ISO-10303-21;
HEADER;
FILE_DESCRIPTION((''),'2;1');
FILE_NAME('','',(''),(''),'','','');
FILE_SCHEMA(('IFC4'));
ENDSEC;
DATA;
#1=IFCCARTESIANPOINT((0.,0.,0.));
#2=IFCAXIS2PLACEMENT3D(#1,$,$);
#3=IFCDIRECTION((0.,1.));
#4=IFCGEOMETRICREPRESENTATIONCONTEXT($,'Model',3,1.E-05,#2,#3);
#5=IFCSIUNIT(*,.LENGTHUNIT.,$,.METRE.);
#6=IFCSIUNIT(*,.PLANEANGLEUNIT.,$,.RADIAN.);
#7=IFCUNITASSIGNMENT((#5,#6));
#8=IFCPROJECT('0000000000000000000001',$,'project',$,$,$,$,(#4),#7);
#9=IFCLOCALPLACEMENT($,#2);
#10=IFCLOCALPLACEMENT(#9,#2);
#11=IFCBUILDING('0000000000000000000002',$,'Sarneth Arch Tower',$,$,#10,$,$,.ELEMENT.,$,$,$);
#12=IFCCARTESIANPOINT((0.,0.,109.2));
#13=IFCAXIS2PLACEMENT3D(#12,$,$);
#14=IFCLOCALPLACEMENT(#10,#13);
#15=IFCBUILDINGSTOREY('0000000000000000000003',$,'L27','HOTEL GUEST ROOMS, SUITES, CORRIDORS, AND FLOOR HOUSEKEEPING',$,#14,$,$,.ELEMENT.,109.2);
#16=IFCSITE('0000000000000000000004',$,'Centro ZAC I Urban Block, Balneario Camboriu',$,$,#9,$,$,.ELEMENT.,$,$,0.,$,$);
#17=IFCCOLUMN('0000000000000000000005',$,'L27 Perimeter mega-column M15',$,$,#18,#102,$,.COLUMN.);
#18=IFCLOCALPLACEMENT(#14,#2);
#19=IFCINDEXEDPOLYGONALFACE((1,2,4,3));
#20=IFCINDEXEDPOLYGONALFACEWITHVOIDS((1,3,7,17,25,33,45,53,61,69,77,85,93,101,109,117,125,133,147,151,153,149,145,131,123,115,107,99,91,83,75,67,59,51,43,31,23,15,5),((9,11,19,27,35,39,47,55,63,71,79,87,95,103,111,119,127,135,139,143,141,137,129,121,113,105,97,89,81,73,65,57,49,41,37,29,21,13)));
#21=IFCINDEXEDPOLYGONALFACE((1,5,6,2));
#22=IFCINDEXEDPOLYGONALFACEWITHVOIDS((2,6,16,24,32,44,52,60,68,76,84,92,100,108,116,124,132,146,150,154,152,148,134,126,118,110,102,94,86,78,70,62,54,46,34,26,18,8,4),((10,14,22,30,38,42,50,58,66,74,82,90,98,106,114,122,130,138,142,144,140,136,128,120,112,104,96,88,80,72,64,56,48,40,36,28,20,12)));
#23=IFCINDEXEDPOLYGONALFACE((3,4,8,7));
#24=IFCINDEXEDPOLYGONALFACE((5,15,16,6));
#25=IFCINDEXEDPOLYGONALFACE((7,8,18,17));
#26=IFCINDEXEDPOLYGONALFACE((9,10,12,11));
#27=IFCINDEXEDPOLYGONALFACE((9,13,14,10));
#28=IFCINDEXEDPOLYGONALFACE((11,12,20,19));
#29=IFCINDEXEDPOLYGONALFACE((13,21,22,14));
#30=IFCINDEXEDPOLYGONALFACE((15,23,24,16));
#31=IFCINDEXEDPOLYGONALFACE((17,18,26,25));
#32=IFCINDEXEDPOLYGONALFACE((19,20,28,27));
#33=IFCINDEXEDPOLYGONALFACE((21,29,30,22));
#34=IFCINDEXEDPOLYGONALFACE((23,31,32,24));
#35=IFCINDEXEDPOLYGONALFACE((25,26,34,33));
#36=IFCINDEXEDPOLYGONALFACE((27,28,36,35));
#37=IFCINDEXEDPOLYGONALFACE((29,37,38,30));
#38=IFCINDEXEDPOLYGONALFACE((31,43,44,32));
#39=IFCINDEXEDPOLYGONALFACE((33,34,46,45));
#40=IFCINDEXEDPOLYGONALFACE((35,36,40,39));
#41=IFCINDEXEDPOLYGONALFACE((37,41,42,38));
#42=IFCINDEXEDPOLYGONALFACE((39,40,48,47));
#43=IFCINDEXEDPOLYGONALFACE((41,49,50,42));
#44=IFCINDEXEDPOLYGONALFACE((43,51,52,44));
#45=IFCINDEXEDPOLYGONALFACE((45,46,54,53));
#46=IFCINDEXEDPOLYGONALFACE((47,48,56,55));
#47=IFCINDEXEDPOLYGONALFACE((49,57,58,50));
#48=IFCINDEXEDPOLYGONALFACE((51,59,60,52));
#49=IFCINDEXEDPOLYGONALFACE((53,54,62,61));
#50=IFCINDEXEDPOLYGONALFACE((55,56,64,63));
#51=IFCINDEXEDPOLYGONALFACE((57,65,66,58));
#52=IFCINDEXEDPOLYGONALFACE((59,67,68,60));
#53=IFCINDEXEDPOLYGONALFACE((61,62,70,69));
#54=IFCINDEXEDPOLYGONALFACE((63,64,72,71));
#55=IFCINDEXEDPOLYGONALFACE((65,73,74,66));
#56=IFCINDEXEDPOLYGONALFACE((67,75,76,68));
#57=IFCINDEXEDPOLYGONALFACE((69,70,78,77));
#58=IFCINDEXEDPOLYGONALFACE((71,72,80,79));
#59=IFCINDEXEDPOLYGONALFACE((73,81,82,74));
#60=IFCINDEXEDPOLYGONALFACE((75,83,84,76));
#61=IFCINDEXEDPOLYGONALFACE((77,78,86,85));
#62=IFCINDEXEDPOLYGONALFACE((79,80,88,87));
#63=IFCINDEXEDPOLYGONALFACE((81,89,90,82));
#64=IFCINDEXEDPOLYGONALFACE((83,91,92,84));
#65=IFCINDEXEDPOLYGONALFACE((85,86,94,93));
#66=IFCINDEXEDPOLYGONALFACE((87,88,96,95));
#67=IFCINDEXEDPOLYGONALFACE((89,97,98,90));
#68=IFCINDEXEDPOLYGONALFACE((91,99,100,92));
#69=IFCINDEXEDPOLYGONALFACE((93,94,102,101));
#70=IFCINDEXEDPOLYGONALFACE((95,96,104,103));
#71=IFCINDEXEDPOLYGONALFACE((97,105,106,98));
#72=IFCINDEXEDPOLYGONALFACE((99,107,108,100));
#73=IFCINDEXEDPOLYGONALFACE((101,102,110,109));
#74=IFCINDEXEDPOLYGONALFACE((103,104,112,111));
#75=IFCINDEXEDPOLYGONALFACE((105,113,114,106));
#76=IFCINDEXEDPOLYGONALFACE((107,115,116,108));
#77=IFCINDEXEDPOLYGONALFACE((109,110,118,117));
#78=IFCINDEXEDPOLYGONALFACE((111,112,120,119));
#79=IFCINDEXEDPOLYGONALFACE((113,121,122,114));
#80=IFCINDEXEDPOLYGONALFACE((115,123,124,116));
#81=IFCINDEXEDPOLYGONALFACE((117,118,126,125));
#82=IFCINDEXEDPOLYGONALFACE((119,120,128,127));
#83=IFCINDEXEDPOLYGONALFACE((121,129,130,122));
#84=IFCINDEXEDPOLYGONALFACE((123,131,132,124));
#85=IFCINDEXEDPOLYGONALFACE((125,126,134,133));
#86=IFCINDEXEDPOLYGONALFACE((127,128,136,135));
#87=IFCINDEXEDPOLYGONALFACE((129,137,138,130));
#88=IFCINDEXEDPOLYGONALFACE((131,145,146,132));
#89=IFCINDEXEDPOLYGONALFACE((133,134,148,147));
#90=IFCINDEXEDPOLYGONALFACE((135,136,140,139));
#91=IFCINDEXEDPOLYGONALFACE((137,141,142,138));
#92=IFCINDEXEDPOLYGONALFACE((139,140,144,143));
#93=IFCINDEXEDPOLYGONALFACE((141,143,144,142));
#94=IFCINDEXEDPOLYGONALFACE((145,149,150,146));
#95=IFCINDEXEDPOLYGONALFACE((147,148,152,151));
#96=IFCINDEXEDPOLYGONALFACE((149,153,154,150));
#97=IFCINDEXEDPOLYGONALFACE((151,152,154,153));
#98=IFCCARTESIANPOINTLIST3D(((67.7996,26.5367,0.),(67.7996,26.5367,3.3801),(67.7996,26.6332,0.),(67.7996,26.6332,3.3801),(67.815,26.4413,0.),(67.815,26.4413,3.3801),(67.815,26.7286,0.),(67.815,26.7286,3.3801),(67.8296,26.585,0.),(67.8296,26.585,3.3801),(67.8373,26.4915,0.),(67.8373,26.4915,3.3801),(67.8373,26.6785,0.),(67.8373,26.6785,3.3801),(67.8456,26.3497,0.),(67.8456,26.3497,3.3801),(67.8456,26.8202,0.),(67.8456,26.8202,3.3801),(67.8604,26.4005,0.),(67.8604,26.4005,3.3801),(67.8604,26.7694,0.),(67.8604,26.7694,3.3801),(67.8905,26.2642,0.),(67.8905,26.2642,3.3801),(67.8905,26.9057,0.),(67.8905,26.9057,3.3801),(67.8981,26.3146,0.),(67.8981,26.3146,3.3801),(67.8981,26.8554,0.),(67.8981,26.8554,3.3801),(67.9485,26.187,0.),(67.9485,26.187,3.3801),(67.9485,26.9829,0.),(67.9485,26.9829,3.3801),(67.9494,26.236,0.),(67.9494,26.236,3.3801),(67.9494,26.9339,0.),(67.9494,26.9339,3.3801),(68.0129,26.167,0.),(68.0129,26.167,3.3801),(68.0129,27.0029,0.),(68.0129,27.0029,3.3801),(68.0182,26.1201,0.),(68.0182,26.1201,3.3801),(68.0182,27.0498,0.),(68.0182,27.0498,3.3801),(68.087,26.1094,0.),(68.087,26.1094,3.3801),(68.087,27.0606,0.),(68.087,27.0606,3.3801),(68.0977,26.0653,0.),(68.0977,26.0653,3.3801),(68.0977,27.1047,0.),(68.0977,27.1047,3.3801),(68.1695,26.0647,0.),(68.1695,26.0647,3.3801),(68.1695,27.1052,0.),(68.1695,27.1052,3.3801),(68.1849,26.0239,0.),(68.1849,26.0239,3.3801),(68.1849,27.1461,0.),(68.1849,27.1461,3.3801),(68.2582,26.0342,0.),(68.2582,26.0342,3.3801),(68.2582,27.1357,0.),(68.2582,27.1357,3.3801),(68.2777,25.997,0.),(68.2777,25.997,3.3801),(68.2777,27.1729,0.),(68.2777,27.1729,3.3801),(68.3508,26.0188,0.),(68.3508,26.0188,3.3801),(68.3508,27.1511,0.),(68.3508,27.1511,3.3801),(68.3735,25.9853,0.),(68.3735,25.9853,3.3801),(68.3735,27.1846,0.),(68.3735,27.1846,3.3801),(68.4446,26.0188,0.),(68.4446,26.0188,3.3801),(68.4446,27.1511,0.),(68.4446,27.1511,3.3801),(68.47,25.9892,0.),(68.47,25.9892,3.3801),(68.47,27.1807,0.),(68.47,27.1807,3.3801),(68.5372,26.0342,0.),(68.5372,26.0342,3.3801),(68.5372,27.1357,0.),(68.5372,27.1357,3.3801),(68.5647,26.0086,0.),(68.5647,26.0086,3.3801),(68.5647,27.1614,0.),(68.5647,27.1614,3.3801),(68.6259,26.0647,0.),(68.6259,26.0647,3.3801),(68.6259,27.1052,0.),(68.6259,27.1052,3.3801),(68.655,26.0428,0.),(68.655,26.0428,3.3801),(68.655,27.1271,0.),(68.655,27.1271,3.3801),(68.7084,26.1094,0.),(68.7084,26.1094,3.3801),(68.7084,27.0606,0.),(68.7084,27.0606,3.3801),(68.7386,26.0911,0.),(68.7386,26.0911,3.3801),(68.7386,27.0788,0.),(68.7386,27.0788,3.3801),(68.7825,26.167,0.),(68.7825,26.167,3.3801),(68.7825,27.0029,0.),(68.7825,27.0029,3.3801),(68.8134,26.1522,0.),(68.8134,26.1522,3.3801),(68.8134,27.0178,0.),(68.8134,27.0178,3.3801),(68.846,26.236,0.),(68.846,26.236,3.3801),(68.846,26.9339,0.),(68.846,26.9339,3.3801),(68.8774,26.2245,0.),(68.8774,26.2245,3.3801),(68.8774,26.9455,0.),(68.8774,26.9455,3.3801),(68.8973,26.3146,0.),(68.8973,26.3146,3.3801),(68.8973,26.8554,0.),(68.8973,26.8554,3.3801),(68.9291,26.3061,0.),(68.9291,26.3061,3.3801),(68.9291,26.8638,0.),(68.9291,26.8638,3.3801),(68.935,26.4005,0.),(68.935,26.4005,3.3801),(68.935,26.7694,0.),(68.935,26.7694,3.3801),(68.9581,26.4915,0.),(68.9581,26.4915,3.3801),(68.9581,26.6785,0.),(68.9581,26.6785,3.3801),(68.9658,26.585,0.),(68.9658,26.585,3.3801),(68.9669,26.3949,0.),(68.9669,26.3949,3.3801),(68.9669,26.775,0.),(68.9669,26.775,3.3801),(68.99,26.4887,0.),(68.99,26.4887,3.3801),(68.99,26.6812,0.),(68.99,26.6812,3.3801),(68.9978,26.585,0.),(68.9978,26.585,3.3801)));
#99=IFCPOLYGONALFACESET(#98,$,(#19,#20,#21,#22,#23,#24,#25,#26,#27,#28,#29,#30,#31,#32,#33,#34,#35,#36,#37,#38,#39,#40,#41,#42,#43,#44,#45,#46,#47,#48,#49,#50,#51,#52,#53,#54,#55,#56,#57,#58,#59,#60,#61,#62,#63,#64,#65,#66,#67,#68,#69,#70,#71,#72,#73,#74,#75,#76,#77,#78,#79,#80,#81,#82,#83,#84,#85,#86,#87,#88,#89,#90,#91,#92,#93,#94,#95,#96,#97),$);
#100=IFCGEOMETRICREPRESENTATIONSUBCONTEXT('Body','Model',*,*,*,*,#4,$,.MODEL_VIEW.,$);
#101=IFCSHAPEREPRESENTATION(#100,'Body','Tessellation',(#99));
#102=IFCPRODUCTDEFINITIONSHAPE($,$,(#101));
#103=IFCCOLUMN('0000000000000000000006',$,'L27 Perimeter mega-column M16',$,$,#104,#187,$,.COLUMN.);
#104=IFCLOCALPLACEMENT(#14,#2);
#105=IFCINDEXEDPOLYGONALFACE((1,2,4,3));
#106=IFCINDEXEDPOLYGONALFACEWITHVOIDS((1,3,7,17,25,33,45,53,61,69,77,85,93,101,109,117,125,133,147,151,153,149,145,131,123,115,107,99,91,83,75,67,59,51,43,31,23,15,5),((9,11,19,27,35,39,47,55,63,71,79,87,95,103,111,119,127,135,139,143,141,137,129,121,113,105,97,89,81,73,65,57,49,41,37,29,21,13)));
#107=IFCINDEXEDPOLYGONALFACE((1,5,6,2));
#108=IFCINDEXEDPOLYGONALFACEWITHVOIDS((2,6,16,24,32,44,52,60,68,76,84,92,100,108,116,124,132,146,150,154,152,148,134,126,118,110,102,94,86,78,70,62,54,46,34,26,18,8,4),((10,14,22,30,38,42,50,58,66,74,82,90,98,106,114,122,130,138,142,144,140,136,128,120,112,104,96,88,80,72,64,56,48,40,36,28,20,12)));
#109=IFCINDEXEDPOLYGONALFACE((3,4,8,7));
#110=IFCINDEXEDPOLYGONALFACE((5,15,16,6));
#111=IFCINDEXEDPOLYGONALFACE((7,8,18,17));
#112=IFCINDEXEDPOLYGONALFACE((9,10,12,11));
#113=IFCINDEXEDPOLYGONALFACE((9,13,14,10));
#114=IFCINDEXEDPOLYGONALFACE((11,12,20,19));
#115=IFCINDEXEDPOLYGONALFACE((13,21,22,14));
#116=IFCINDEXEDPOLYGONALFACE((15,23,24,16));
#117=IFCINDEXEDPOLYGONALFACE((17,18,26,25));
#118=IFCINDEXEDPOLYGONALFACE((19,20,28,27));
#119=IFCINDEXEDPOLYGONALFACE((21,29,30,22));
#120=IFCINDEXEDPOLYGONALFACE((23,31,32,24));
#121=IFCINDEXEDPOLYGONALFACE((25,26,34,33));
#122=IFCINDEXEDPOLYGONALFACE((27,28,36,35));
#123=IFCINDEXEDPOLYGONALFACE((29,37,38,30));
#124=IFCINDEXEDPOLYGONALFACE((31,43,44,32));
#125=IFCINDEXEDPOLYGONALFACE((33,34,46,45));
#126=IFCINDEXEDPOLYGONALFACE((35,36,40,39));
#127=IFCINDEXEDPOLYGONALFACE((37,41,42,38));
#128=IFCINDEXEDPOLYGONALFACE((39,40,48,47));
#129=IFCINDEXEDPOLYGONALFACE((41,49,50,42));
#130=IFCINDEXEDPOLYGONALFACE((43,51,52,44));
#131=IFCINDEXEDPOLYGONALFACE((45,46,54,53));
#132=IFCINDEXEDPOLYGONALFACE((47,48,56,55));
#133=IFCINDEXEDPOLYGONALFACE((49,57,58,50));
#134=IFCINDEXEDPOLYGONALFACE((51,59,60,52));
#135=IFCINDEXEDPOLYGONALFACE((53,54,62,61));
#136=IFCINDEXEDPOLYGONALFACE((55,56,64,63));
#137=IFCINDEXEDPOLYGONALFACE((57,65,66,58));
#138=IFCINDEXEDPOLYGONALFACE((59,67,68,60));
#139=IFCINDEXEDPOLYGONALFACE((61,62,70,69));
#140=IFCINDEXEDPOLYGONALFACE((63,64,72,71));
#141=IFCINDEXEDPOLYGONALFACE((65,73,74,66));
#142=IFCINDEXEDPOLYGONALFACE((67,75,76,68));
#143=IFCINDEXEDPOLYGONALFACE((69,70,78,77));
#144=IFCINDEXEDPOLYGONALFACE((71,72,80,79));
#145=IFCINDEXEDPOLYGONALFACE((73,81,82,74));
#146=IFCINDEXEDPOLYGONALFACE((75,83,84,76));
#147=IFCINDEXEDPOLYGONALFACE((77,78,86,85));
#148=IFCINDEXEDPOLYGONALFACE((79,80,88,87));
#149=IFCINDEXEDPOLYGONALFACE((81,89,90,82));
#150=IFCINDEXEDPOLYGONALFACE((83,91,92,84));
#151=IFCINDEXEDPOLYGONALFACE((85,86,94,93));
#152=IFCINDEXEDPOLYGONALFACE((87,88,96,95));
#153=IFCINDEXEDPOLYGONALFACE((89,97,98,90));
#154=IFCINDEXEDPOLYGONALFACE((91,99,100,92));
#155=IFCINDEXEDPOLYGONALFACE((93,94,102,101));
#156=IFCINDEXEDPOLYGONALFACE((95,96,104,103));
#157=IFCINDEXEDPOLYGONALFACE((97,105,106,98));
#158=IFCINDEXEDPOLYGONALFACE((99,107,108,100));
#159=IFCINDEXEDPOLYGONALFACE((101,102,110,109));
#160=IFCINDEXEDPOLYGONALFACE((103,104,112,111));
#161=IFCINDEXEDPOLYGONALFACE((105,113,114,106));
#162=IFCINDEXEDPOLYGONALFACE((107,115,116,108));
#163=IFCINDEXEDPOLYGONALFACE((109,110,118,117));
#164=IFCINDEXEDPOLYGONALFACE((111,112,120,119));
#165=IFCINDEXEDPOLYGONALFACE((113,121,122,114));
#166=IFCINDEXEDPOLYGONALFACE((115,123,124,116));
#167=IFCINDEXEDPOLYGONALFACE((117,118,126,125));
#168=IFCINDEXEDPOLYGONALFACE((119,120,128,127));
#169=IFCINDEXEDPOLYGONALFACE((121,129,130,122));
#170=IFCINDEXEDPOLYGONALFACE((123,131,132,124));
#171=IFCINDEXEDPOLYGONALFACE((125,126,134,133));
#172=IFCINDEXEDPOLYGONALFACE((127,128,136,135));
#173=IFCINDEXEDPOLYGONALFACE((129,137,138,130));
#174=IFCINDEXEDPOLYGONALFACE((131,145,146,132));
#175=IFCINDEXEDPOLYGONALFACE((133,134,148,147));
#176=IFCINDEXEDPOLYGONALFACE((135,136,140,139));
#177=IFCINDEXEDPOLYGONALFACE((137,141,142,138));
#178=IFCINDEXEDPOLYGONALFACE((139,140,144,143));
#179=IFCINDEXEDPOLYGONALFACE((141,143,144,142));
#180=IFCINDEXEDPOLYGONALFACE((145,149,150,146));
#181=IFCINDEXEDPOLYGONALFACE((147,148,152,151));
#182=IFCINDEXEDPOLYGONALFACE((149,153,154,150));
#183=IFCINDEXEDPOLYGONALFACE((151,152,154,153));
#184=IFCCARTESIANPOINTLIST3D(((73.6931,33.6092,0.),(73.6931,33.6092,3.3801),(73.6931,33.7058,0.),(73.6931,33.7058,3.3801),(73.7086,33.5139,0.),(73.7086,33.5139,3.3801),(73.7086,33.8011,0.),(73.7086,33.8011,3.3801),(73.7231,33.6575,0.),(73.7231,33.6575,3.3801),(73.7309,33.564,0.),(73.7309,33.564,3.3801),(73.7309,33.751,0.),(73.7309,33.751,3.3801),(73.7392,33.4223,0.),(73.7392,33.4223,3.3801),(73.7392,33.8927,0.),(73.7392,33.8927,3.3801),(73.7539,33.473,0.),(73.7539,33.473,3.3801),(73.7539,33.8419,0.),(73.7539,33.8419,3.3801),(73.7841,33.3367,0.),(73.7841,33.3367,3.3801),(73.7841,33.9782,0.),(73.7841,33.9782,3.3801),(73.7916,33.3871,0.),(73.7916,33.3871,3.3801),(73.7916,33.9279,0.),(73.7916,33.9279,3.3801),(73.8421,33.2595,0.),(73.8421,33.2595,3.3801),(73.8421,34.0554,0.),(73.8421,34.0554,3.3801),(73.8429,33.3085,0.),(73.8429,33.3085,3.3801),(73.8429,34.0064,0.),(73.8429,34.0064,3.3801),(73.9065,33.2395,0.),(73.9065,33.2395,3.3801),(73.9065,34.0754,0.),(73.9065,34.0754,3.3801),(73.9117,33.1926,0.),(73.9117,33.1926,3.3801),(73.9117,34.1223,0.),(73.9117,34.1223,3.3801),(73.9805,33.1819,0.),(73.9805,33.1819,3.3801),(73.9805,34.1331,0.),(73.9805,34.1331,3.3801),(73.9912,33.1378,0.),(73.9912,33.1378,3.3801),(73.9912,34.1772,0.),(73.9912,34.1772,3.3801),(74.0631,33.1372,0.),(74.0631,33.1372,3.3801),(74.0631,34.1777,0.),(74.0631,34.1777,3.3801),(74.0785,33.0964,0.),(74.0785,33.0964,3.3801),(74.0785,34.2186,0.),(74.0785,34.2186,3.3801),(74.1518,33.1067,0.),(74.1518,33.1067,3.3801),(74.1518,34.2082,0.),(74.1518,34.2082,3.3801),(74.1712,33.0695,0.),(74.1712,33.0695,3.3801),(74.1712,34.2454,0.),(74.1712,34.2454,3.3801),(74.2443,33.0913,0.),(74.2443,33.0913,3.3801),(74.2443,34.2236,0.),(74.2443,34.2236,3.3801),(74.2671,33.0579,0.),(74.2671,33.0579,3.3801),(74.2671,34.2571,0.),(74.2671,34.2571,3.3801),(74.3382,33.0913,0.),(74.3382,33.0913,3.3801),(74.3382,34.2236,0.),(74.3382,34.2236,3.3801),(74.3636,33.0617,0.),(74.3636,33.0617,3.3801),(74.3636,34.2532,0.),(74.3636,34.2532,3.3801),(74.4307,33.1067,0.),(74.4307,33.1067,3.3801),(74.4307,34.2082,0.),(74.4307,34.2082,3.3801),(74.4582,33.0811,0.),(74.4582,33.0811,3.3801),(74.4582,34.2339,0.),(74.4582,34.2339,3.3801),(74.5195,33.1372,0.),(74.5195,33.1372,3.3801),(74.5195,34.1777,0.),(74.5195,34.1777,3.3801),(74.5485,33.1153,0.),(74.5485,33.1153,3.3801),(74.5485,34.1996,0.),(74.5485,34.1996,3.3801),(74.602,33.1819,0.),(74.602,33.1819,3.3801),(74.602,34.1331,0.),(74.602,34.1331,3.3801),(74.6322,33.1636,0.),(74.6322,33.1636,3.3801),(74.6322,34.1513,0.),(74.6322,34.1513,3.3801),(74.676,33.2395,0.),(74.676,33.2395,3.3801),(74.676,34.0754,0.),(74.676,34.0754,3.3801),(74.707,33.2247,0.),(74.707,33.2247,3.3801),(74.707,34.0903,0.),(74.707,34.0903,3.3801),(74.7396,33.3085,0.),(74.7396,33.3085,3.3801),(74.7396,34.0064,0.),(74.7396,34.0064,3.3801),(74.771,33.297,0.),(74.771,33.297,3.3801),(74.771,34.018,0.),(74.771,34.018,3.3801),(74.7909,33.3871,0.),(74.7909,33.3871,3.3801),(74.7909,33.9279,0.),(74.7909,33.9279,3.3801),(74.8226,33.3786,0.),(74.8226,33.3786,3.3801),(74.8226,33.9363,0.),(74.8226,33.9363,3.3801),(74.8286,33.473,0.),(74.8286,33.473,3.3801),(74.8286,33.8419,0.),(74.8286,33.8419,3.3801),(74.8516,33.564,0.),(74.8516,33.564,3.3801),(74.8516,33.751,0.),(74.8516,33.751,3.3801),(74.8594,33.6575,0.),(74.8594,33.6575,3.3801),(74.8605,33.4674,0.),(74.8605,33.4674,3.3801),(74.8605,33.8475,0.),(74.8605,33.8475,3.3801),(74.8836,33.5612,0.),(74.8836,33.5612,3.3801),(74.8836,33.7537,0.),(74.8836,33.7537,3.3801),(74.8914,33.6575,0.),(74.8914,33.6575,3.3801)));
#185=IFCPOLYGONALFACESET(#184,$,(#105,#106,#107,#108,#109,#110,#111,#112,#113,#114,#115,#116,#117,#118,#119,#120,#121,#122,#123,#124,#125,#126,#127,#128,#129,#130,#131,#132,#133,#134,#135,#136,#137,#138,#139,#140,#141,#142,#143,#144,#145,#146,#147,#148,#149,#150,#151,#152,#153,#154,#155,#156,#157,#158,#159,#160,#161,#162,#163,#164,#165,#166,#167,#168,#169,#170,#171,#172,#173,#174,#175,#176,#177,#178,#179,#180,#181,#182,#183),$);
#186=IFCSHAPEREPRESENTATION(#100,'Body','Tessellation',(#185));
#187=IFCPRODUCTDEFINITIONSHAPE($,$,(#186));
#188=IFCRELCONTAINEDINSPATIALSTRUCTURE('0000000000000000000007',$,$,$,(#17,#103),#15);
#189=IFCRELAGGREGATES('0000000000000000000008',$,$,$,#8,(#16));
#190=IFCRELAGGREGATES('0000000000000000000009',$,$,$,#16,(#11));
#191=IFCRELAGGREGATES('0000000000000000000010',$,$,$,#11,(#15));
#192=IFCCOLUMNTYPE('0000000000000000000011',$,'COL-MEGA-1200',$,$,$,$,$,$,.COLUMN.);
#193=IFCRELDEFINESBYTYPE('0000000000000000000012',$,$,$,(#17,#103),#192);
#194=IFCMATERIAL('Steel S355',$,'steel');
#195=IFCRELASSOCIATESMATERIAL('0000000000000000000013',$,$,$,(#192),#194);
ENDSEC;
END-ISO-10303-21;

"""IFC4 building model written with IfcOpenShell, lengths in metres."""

from ifc_helpers import new_model, si_unit, direction, frame, origin, origin_2d, place, context, subcontext, project, spatial, hollow_circle, extrude, material, material_profile, profile_set, type_object, element, save


model = new_model("IFC4")

# Units and contexts
model_context = context("Model", 3, precision=1e-05, world=origin(), true_north=direction((0.0, 1.0)))
body_context = subcontext(model_context, "Body", "Model", "MODEL_VIEW")
ifc_project = project(units=[si_unit("LENGTHUNIT", "METRE"), si_unit("PLANEANGLEUNIT", "RADIAN")], contexts=[model_context])

# Site, building, storey
site_placement = place(None, origin())
site = spatial("IfcSite", under=ifc_project, at=site_placement, Name="Centro ZAC I Urban Block, Balneario Camboriu", CompositionType="ELEMENT", RefElevation=0.0)
building_placement = place(site_placement, origin())
building = spatial("IfcBuilding", under=site, at=building_placement, Name="Sarneth Arch Tower", CompositionType="ELEMENT")
storey_placement = place(building_placement, frame((0.0, 0.0, 109.2)))
storey = spatial("IfcBuildingStorey", under=building, at=storey_placement, Name="L27", Description="HOTEL GUEST ROOMS, SUITES, CORRIDORS, AND FLOOR HOUSEKEEPING", CompositionType="ELEMENT", Elevation=109.2)

# Columns
ifc_material_1 = material(Name="Steel S355", Category="steel")
ifc_material_profile_1 = material_profile(ifc_material_1, hollow_circle(Radius=0.6001, WallThickness=0.032, at=origin_2d()), Name="CHS1200x32")
ifc_profile_set_1 = profile_set([ifc_material_profile_1], Name="Steel S355")
column_type = type_object("IfcColumnType", Name="COL-MEGA-1200", PredefinedType="COLUMN", material=ifc_profile_set_1)
for number, where, z_axis, x_axis, name in (
    (1, (68.3977, 26.585, 0.0), (0.0, 0.0, 1.0), (1.0, 0.0, 0.0), "L27 Perimeter mega-column M15"),
    (2, (74.2913, 33.6575, 0.0), (0.0, 0.0, 1.0), (1.0, 0.0, 0.0), "L27 Perimeter mega-column M16"),
):
    element("IfcColumn", number, at=place(storey_placement, frame(where, z_axis=z_axis, x_axis=x_axis)), inside=storey, type_object=column_type, Name=name, PredefinedType="COLUMN", context=body_context, shape_type="SweptSolid", body=[
        extrude(hollow_circle(Radius=0.6001, WallThickness=0.032, at=origin_2d()), origin(), (0.0, 0.0, 1.0), 3.3801),
    ])

save(model, "model.ifc")
